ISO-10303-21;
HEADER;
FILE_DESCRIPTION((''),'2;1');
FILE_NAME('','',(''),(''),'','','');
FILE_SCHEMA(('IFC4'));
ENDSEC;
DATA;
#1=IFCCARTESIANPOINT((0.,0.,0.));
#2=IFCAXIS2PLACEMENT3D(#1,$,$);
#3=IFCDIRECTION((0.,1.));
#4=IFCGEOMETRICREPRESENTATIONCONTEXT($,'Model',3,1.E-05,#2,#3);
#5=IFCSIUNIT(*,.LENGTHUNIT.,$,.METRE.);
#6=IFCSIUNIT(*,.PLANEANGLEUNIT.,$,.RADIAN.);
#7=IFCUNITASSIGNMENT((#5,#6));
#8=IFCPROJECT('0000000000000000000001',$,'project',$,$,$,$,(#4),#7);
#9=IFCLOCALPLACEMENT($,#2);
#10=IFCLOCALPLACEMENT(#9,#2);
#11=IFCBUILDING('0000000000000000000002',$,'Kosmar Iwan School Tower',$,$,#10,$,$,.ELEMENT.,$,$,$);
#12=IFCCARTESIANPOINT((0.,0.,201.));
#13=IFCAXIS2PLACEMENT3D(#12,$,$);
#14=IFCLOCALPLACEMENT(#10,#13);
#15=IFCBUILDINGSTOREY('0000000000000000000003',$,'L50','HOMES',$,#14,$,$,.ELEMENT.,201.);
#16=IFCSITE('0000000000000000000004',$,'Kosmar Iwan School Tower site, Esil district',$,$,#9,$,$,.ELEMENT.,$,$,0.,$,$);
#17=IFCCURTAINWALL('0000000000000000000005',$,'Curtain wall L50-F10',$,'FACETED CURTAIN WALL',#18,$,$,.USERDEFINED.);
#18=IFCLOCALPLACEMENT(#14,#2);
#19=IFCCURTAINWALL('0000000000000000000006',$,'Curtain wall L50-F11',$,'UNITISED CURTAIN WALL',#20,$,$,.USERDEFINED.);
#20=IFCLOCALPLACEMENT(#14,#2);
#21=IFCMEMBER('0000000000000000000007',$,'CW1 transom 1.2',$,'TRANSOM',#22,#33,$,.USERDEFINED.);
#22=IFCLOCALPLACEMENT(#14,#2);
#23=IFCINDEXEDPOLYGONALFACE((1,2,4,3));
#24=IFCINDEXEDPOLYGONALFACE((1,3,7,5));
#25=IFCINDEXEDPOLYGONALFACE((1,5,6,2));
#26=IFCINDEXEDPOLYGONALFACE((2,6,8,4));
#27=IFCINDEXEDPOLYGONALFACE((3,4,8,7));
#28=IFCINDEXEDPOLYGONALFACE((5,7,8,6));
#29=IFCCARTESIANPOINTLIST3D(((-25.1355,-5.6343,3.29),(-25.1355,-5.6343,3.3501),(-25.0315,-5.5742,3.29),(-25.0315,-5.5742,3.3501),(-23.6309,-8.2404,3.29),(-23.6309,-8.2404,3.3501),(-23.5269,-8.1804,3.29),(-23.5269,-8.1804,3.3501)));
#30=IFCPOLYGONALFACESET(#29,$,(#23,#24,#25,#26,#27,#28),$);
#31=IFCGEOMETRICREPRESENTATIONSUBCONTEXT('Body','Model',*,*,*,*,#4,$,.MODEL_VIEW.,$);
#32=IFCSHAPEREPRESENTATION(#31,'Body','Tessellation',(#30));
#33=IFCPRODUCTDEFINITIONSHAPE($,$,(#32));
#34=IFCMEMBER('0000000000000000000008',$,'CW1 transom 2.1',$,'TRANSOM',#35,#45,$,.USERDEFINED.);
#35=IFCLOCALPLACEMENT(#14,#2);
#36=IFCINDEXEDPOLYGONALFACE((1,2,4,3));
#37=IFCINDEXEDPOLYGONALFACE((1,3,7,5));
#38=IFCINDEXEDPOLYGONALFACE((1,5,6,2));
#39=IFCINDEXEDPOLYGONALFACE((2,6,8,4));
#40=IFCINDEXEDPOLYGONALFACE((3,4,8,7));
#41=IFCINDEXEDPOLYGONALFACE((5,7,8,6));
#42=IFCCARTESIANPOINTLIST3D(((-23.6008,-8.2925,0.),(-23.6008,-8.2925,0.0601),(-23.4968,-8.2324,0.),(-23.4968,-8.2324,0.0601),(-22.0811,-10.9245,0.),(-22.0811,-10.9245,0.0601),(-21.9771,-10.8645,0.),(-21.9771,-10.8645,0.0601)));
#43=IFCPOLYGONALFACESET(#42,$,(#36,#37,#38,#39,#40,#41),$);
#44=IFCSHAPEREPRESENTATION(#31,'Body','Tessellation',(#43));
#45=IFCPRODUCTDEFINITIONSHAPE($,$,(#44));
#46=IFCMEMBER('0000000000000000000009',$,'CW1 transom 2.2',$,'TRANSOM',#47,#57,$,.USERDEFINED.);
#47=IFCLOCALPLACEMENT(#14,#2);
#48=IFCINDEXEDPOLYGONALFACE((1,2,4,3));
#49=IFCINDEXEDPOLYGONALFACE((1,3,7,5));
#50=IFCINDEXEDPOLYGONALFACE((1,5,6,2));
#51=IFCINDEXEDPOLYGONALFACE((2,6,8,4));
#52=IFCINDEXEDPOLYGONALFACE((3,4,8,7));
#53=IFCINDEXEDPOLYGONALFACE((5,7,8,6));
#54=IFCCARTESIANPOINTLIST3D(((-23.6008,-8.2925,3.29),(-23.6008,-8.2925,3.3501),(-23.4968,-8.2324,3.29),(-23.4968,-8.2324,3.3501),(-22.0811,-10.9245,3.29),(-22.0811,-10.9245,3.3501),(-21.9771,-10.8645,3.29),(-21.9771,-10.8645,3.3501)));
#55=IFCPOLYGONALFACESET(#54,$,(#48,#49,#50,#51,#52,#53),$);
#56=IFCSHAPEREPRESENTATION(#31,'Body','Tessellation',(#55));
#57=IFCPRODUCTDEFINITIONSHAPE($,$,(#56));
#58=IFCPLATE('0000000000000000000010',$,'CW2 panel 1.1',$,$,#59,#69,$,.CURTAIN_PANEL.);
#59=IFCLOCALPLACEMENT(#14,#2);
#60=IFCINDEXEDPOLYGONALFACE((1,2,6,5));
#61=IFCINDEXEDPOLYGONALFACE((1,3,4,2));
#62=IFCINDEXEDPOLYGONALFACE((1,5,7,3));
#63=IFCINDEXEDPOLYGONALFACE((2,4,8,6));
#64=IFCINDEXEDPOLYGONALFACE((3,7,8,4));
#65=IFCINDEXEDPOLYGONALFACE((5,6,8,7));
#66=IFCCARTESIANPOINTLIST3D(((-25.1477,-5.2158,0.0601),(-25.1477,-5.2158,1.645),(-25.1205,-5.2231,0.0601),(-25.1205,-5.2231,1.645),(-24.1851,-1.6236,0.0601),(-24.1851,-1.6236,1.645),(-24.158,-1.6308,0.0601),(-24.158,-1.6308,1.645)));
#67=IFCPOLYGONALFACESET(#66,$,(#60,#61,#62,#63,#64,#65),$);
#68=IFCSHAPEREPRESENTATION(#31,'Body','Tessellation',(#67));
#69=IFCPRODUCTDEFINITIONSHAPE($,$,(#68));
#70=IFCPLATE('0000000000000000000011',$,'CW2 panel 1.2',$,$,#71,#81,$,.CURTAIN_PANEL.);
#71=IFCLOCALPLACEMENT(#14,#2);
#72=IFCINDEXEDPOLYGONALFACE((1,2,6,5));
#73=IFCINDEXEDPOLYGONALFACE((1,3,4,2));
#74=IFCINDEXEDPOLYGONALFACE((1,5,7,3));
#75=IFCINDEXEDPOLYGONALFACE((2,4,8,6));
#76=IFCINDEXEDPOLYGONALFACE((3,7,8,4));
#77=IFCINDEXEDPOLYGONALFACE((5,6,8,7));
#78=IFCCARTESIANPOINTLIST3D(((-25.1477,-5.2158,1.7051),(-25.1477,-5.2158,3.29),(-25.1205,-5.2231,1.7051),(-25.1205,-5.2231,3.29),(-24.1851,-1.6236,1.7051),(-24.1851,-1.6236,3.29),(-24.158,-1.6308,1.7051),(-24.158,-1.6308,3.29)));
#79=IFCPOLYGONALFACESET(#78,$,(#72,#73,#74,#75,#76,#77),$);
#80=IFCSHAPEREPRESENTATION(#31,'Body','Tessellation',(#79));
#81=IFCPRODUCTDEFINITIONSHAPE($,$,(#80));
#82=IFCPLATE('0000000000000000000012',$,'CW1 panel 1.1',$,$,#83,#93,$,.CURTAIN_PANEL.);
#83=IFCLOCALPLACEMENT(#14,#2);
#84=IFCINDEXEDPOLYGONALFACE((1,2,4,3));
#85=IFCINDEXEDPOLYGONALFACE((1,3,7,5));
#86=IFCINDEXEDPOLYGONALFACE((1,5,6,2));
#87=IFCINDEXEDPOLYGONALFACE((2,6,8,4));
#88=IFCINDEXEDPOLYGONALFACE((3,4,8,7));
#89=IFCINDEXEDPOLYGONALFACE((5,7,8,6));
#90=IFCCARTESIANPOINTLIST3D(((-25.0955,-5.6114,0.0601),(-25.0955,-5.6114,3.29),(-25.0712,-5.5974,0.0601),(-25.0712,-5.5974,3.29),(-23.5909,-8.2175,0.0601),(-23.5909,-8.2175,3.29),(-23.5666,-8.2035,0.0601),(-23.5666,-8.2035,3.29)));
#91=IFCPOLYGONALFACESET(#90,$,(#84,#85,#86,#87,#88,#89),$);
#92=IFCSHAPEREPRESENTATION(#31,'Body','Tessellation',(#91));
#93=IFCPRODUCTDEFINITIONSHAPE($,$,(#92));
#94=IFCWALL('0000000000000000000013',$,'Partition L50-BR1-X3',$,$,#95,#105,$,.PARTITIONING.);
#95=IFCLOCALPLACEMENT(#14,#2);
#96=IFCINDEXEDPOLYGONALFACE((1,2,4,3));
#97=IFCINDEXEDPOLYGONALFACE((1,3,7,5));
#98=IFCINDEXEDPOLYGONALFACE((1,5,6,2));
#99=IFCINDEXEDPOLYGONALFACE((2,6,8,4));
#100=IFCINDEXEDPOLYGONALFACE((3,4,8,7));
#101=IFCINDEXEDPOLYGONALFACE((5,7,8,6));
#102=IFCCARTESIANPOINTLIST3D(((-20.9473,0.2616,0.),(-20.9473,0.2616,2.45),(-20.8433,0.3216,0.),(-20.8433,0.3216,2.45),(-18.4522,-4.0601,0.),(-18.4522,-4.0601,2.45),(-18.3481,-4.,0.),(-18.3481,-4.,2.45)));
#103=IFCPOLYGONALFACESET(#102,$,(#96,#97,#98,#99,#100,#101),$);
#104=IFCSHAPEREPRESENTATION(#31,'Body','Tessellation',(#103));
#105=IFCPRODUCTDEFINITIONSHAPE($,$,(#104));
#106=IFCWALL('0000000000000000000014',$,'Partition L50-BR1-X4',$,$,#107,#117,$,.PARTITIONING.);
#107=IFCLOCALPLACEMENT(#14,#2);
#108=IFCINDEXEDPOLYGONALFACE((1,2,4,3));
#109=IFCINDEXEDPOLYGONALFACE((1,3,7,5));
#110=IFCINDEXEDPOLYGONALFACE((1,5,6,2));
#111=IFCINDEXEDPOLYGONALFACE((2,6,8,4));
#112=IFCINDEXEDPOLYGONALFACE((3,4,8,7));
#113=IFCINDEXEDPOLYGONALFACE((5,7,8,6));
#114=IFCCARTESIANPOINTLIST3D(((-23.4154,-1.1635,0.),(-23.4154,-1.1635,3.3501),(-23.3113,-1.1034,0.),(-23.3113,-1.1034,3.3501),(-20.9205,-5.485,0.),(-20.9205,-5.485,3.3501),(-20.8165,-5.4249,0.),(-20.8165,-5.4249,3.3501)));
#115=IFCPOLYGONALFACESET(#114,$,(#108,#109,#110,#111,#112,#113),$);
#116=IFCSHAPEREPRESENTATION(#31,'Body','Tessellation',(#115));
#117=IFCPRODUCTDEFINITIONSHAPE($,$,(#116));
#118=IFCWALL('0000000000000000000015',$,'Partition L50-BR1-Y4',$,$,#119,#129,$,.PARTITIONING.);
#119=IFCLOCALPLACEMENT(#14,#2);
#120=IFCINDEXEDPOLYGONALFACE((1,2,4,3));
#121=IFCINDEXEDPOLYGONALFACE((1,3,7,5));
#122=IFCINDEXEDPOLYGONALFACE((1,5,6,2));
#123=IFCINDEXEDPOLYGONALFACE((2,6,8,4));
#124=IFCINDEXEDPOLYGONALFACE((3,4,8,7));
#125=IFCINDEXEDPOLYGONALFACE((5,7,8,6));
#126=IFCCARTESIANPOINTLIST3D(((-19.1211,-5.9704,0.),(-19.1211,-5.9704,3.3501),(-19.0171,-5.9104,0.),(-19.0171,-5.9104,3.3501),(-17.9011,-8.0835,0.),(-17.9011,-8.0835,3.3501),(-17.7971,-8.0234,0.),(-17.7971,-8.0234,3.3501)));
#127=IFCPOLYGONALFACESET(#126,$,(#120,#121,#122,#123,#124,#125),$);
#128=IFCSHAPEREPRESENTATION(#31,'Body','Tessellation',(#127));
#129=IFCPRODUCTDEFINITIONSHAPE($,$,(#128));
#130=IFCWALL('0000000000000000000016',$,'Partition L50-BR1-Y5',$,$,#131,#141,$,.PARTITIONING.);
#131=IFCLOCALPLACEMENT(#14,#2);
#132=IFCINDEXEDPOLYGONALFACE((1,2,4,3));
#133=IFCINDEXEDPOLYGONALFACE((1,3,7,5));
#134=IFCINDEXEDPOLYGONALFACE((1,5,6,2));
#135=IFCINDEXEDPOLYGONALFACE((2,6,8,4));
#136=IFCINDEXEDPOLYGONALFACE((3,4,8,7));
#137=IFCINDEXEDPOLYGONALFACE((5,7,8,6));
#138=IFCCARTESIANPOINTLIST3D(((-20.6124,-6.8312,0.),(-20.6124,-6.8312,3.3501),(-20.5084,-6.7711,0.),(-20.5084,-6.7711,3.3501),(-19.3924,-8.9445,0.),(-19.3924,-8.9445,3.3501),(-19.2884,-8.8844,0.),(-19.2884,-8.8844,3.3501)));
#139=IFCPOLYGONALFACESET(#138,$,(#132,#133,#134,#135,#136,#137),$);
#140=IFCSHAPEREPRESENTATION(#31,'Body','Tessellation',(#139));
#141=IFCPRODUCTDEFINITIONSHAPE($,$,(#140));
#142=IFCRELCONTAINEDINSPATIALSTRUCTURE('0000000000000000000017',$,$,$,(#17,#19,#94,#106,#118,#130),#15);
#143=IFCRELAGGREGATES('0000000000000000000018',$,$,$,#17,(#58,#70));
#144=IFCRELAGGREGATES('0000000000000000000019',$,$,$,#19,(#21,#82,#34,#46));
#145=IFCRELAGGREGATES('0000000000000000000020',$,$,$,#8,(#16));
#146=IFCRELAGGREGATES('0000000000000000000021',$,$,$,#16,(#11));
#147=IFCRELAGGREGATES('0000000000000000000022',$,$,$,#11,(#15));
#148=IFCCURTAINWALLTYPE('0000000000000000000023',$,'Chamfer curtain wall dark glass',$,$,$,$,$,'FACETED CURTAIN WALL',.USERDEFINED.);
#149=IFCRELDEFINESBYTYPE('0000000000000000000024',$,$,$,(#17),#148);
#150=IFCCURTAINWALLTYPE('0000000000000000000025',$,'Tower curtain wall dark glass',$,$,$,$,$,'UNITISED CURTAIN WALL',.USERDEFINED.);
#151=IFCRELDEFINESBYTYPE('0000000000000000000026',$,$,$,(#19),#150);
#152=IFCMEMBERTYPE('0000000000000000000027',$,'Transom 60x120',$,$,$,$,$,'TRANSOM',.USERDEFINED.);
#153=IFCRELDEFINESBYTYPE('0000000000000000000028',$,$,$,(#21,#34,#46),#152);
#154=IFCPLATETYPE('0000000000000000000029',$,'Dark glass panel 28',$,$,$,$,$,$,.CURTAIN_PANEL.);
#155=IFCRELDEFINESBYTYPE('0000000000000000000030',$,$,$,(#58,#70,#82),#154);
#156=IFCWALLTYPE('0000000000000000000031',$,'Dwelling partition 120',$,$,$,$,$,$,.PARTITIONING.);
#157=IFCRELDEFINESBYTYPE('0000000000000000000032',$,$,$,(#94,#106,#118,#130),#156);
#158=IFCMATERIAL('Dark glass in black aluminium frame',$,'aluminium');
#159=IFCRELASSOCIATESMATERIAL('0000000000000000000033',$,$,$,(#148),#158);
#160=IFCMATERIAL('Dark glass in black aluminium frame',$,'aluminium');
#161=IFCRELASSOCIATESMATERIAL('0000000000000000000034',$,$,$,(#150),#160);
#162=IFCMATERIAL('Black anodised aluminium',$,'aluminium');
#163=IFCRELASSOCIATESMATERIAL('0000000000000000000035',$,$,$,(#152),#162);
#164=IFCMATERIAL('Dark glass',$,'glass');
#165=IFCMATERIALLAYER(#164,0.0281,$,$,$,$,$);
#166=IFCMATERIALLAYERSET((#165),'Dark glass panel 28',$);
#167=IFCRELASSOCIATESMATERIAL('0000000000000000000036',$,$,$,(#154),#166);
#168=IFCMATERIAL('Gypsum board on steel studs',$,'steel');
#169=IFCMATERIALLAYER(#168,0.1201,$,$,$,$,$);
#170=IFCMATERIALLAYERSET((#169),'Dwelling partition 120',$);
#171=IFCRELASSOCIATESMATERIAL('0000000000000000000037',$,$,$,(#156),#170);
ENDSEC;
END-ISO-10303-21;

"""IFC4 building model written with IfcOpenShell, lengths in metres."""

from ifc_helpers import new_model, si_unit, direction, frame, frame_2d, origin, origin_2d, place, context, subcontext, project, spatial, rectangle, extrude, material, layer, layer_set, material_profile, profile_set, type_object, element, aggregate, save


model = new_model("IFC4")

# Units and contexts
model_context = context("Model", 3, precision=1e-05, world=origin(), true_north=direction((0.0, 1.0)))
body_context = subcontext(model_context, "Body", "Model", "MODEL_VIEW")
ifc_project = project(units=[si_unit("LENGTHUNIT", "METRE"), si_unit("PLANEANGLEUNIT", "RADIAN")], contexts=[model_context])

# Site, building, storey
site_placement = place(None, origin())
site = spatial("IfcSite", under=ifc_project, at=site_placement, Name="Kosmar Iwan School Tower site, Esil district", CompositionType="ELEMENT", RefElevation=0.0)
building_placement = place(site_placement, origin())
building = spatial("IfcBuilding", under=site, at=building_placement, Name="Kosmar Iwan School Tower", CompositionType="ELEMENT")
storey_placement = place(building_placement, frame((0.0, 0.0, 201.0)))
storey = spatial("IfcBuildingStorey", under=building, at=storey_placement, Name="L50", Description="HOMES", CompositionType="ELEMENT", Elevation=201.0)

# Curtain walls
ifc_material_1 = material(Name="Dark glass in black aluminium frame", Category="aluminium")
curtain_wall_type_1 = type_object("IfcCurtainWallType", Name="Chamfer curtain wall dark glass", ElementType="FACETED CURTAIN WALL", PredefinedType="USERDEFINED", material=ifc_material_1)
curtain_wall_1_placement = place(storey_placement, origin())
curtain_wall_1 = element("IfcCurtainWall", 1, at=curtain_wall_1_placement, inside=storey, type_object=curtain_wall_type_1, Name="Curtain wall L50-F10", ObjectType="FACETED CURTAIN WALL", PredefinedType="USERDEFINED")
ifc_material_2 = material(Name="Dark glass in black aluminium frame", Category="aluminium")
curtain_wall_type_2 = type_object("IfcCurtainWallType", Name="Tower curtain wall dark glass", ElementType="UNITISED CURTAIN WALL", PredefinedType="USERDEFINED", material=ifc_material_2)
curtain_wall_2_placement = place(storey_placement, origin())
curtain_wall_2 = element("IfcCurtainWall", 2, at=curtain_wall_2_placement, inside=storey, type_object=curtain_wall_type_2, Name="Curtain wall L50-F11", ObjectType="UNITISED CURTAIN WALL", PredefinedType="USERDEFINED")

# Members
ifc_material_3 = material(Name="Black anodised aluminium", Category="aluminium")
ifc_material_profile_1 = material_profile(ifc_material_3, rectangle(XDim=0.1201, YDim=0.0601, at=origin_2d()), Name="TRANSOM 60x120")
ifc_profile_set_1 = profile_set([ifc_material_profile_1], Name="Black anodised aluminium")
member_type_1 = type_object("IfcMemberType", Name="Transom 60x120", ElementType="TRANSOM", PredefinedType="USERDEFINED", material=ifc_profile_set_1)
member_1_placement = place(storey_placement, frame((-25.0835, -5.6042, 3.3201), z_axis=(0.499987, -0.866033, 0.0), x_axis=(0.866033, 0.499987, 0.0)))
member_1 = element("IfcMember", 3, at=member_1_placement, type_object=member_type_1, Name="CW1 transom 1.2", ObjectType="TRANSOM", PredefinedType="USERDEFINED", context=body_context, shape_type="SweptSolid", body=[
    extrude(rectangle(XDim=0.1201, YDim=0.0601, at=origin_2d()), origin(), (0.0, 0.0, 1.0), 3.0093),
])
member_2_placement = place(storey_placement, frame((-23.5488, -8.2625, 0.03), z_axis=(0.500035, -0.866005, 0.0), x_axis=(0.866005, 0.500035, 0.0)))
member_2 = element("IfcMember", 4, at=member_2_placement, type_object=member_type_1, Name="CW1 transom 2.1", ObjectType="TRANSOM", PredefinedType="USERDEFINED", context=body_context, shape_type="SweptSolid", body=[
    extrude(rectangle(XDim=0.1201, YDim=0.0601, at=origin_2d()), origin(), (0.0, 0.0, 1.0), 3.0393),
])
member_3_placement = place(storey_placement, frame((-23.5488, -8.2625, 3.3201), z_axis=(0.500035, -0.866005, 0.0), x_axis=(0.866005, 0.500035, 0.0)))
member_3 = element("IfcMember", 5, at=member_3_placement, type_object=member_type_1, Name="CW1 transom 2.2", ObjectType="TRANSOM", PredefinedType="USERDEFINED", context=body_context, shape_type="SweptSolid", body=[
    extrude(rectangle(XDim=0.1201, YDim=0.0601, at=origin_2d()), origin(), (0.0, 0.0, 1.0), 3.0393),
])

# Plates
ifc_material_4 = material(Name="Dark glass", Category="glass")
ifc_layer_1 = layer(ifc_material_4, 0.0281)
ifc_layer_set_1 = layer_set([ifc_layer_1], Name="Dark glass panel 28")
plate_type = type_object("IfcPlateType", Name="Dark glass panel 28", PredefinedType="CURTAIN_PANEL", material=ifc_layer_set_1)
plate_1_placement = place(storey_placement, frame((-24.6528, -3.4233, 0.0601), z_axis=(0.0, 0.0, 1.0), x_axis=(-0.258819, -0.965926, 0.0)))
plate_1 = element("IfcPlate", 6, at=plate_1_placement, type_object=plate_type, Name="CW2 panel 1.1", PredefinedType="CURTAIN_PANEL", context=body_context, shape_type="SweptSolid", body=[
    extrude(rectangle(XDim=3.719, YDim=0.0281, at=origin_2d()), origin(), (0.0, 0.0, 1.0), 1.585),
])
plate_2_placement = place(storey_placement, frame((-24.6528, -3.4233, 1.7051), z_axis=(0.0, 0.0, 1.0), x_axis=(-0.258819, -0.965926, 0.0)))
plate_2 = element("IfcPlate", 7, at=plate_2_placement, type_object=plate_type, Name="CW2 panel 1.2", PredefinedType="CURTAIN_PANEL", context=body_context, shape_type="SweptSolid", body=[
    extrude(rectangle(XDim=3.719, YDim=0.0281, at=origin_2d()), origin(), (0.0, 0.0, 1.0), 1.585),
])
aggregate(curtain_wall_1, [plate_1, plate_2])
plate_3_placement = place(storey_placement, frame((-24.3311, -6.9075, 0.0601), z_axis=(0.0, 0.0, 1.0), x_axis=(0.5, -0.866025, 0.0)))
plate_3 = element("IfcPlate", 8, at=plate_3_placement, type_object=plate_type, Name="CW1 panel 1.1", PredefinedType="CURTAIN_PANEL", context=body_context, shape_type="SweptSolid", body=[
    extrude(rectangle(XDim=3.0093, YDim=0.0281, at=origin_2d()), origin(), (0.0, 0.0, 1.0), 3.23),
])
aggregate(curtain_wall_2, [member_1, plate_3, member_2, member_3])

# Walls
ifc_material_5 = material(Name="Gypsum board on steel studs", Category="steel")
ifc_layer_2 = layer(ifc_material_5, 0.1201)
ifc_layer_set_2 = layer_set([ifc_layer_2], Name="Dwelling partition 120")
wall_type = type_object("IfcWallType", Name="Dwelling partition 120", PredefinedType="PARTITIONING", material=ifc_layer_set_2)
wall_1_placement = place(storey_placement, frame((-18.4001, -4.03, 0.0), z_axis=(0.0, 0.0, 1.0), x_axis=(-0.500012, 0.866019, 0.0)))
element("IfcWall", 9, at=wall_1_placement, inside=storey, type_object=wall_type, Name="Partition L50-BR1-X3", PredefinedType="PARTITIONING", context=body_context, shape_type="SweptSolid", body=[
    extrude(rectangle(XDim=4.9902, YDim=0.1201, at=frame_2d((2.4951, 0.0))), origin(), (0.0, 0.0, 1.0), 2.45),
])
wall_2_placement = place(storey_placement, frame((-20.8684, -5.4551, 0.0), z_axis=(0.0, 0.0, 1.0), x_axis=(-0.499975, 0.86604, 0.0)))
element("IfcWall", 10, at=wall_2_placement, inside=storey, type_object=wall_type, Name="Partition L50-BR1-X4", PredefinedType="PARTITIONING", context=body_context, shape_type="SweptSolid", body=[
    extrude(rectangle(XDim=4.99, YDim=0.1201, at=frame_2d((2.4951, 0.0))), origin(), (0.0, 0.0, 1.0), 3.3501),
])
wall_3_placement = place(storey_placement, frame((-17.8491, -8.0535, 0.0), z_axis=(0.0, 0.0, 1.0), x_axis=(-0.500003, 0.866024, 0.0)))
element("IfcWall", 11, at=wall_3_placement, inside=storey, type_object=wall_type, Name="Partition L50-BR1-Y4", PredefinedType="PARTITIONING", context=body_context, shape_type="SweptSolid", body=[
    extrude(rectangle(XDim=2.4399, YDim=0.1201, at=frame_2d((1.22, 0.0))), origin(), (0.0, 0.0, 1.0), 3.3501),
])
wall_4_placement = place(storey_placement, frame((-19.3403, -8.9146, 0.0), z_axis=(0.0, 0.0, 1.0), x_axis=(-0.499959, 0.866049, 0.0)))
element("IfcWall", 12, at=wall_4_placement, inside=storey, type_object=wall_type, Name="Partition L50-BR1-Y5", PredefinedType="PARTITIONING", context=body_context, shape_type="SweptSolid", body=[
    extrude(rectangle(XDim=2.4402, YDim=0.1201, at=frame_2d((1.2202, 0.0))), origin(), (0.0, 0.0, 1.0), 3.3501),
])

save(model, "model.ifc")
